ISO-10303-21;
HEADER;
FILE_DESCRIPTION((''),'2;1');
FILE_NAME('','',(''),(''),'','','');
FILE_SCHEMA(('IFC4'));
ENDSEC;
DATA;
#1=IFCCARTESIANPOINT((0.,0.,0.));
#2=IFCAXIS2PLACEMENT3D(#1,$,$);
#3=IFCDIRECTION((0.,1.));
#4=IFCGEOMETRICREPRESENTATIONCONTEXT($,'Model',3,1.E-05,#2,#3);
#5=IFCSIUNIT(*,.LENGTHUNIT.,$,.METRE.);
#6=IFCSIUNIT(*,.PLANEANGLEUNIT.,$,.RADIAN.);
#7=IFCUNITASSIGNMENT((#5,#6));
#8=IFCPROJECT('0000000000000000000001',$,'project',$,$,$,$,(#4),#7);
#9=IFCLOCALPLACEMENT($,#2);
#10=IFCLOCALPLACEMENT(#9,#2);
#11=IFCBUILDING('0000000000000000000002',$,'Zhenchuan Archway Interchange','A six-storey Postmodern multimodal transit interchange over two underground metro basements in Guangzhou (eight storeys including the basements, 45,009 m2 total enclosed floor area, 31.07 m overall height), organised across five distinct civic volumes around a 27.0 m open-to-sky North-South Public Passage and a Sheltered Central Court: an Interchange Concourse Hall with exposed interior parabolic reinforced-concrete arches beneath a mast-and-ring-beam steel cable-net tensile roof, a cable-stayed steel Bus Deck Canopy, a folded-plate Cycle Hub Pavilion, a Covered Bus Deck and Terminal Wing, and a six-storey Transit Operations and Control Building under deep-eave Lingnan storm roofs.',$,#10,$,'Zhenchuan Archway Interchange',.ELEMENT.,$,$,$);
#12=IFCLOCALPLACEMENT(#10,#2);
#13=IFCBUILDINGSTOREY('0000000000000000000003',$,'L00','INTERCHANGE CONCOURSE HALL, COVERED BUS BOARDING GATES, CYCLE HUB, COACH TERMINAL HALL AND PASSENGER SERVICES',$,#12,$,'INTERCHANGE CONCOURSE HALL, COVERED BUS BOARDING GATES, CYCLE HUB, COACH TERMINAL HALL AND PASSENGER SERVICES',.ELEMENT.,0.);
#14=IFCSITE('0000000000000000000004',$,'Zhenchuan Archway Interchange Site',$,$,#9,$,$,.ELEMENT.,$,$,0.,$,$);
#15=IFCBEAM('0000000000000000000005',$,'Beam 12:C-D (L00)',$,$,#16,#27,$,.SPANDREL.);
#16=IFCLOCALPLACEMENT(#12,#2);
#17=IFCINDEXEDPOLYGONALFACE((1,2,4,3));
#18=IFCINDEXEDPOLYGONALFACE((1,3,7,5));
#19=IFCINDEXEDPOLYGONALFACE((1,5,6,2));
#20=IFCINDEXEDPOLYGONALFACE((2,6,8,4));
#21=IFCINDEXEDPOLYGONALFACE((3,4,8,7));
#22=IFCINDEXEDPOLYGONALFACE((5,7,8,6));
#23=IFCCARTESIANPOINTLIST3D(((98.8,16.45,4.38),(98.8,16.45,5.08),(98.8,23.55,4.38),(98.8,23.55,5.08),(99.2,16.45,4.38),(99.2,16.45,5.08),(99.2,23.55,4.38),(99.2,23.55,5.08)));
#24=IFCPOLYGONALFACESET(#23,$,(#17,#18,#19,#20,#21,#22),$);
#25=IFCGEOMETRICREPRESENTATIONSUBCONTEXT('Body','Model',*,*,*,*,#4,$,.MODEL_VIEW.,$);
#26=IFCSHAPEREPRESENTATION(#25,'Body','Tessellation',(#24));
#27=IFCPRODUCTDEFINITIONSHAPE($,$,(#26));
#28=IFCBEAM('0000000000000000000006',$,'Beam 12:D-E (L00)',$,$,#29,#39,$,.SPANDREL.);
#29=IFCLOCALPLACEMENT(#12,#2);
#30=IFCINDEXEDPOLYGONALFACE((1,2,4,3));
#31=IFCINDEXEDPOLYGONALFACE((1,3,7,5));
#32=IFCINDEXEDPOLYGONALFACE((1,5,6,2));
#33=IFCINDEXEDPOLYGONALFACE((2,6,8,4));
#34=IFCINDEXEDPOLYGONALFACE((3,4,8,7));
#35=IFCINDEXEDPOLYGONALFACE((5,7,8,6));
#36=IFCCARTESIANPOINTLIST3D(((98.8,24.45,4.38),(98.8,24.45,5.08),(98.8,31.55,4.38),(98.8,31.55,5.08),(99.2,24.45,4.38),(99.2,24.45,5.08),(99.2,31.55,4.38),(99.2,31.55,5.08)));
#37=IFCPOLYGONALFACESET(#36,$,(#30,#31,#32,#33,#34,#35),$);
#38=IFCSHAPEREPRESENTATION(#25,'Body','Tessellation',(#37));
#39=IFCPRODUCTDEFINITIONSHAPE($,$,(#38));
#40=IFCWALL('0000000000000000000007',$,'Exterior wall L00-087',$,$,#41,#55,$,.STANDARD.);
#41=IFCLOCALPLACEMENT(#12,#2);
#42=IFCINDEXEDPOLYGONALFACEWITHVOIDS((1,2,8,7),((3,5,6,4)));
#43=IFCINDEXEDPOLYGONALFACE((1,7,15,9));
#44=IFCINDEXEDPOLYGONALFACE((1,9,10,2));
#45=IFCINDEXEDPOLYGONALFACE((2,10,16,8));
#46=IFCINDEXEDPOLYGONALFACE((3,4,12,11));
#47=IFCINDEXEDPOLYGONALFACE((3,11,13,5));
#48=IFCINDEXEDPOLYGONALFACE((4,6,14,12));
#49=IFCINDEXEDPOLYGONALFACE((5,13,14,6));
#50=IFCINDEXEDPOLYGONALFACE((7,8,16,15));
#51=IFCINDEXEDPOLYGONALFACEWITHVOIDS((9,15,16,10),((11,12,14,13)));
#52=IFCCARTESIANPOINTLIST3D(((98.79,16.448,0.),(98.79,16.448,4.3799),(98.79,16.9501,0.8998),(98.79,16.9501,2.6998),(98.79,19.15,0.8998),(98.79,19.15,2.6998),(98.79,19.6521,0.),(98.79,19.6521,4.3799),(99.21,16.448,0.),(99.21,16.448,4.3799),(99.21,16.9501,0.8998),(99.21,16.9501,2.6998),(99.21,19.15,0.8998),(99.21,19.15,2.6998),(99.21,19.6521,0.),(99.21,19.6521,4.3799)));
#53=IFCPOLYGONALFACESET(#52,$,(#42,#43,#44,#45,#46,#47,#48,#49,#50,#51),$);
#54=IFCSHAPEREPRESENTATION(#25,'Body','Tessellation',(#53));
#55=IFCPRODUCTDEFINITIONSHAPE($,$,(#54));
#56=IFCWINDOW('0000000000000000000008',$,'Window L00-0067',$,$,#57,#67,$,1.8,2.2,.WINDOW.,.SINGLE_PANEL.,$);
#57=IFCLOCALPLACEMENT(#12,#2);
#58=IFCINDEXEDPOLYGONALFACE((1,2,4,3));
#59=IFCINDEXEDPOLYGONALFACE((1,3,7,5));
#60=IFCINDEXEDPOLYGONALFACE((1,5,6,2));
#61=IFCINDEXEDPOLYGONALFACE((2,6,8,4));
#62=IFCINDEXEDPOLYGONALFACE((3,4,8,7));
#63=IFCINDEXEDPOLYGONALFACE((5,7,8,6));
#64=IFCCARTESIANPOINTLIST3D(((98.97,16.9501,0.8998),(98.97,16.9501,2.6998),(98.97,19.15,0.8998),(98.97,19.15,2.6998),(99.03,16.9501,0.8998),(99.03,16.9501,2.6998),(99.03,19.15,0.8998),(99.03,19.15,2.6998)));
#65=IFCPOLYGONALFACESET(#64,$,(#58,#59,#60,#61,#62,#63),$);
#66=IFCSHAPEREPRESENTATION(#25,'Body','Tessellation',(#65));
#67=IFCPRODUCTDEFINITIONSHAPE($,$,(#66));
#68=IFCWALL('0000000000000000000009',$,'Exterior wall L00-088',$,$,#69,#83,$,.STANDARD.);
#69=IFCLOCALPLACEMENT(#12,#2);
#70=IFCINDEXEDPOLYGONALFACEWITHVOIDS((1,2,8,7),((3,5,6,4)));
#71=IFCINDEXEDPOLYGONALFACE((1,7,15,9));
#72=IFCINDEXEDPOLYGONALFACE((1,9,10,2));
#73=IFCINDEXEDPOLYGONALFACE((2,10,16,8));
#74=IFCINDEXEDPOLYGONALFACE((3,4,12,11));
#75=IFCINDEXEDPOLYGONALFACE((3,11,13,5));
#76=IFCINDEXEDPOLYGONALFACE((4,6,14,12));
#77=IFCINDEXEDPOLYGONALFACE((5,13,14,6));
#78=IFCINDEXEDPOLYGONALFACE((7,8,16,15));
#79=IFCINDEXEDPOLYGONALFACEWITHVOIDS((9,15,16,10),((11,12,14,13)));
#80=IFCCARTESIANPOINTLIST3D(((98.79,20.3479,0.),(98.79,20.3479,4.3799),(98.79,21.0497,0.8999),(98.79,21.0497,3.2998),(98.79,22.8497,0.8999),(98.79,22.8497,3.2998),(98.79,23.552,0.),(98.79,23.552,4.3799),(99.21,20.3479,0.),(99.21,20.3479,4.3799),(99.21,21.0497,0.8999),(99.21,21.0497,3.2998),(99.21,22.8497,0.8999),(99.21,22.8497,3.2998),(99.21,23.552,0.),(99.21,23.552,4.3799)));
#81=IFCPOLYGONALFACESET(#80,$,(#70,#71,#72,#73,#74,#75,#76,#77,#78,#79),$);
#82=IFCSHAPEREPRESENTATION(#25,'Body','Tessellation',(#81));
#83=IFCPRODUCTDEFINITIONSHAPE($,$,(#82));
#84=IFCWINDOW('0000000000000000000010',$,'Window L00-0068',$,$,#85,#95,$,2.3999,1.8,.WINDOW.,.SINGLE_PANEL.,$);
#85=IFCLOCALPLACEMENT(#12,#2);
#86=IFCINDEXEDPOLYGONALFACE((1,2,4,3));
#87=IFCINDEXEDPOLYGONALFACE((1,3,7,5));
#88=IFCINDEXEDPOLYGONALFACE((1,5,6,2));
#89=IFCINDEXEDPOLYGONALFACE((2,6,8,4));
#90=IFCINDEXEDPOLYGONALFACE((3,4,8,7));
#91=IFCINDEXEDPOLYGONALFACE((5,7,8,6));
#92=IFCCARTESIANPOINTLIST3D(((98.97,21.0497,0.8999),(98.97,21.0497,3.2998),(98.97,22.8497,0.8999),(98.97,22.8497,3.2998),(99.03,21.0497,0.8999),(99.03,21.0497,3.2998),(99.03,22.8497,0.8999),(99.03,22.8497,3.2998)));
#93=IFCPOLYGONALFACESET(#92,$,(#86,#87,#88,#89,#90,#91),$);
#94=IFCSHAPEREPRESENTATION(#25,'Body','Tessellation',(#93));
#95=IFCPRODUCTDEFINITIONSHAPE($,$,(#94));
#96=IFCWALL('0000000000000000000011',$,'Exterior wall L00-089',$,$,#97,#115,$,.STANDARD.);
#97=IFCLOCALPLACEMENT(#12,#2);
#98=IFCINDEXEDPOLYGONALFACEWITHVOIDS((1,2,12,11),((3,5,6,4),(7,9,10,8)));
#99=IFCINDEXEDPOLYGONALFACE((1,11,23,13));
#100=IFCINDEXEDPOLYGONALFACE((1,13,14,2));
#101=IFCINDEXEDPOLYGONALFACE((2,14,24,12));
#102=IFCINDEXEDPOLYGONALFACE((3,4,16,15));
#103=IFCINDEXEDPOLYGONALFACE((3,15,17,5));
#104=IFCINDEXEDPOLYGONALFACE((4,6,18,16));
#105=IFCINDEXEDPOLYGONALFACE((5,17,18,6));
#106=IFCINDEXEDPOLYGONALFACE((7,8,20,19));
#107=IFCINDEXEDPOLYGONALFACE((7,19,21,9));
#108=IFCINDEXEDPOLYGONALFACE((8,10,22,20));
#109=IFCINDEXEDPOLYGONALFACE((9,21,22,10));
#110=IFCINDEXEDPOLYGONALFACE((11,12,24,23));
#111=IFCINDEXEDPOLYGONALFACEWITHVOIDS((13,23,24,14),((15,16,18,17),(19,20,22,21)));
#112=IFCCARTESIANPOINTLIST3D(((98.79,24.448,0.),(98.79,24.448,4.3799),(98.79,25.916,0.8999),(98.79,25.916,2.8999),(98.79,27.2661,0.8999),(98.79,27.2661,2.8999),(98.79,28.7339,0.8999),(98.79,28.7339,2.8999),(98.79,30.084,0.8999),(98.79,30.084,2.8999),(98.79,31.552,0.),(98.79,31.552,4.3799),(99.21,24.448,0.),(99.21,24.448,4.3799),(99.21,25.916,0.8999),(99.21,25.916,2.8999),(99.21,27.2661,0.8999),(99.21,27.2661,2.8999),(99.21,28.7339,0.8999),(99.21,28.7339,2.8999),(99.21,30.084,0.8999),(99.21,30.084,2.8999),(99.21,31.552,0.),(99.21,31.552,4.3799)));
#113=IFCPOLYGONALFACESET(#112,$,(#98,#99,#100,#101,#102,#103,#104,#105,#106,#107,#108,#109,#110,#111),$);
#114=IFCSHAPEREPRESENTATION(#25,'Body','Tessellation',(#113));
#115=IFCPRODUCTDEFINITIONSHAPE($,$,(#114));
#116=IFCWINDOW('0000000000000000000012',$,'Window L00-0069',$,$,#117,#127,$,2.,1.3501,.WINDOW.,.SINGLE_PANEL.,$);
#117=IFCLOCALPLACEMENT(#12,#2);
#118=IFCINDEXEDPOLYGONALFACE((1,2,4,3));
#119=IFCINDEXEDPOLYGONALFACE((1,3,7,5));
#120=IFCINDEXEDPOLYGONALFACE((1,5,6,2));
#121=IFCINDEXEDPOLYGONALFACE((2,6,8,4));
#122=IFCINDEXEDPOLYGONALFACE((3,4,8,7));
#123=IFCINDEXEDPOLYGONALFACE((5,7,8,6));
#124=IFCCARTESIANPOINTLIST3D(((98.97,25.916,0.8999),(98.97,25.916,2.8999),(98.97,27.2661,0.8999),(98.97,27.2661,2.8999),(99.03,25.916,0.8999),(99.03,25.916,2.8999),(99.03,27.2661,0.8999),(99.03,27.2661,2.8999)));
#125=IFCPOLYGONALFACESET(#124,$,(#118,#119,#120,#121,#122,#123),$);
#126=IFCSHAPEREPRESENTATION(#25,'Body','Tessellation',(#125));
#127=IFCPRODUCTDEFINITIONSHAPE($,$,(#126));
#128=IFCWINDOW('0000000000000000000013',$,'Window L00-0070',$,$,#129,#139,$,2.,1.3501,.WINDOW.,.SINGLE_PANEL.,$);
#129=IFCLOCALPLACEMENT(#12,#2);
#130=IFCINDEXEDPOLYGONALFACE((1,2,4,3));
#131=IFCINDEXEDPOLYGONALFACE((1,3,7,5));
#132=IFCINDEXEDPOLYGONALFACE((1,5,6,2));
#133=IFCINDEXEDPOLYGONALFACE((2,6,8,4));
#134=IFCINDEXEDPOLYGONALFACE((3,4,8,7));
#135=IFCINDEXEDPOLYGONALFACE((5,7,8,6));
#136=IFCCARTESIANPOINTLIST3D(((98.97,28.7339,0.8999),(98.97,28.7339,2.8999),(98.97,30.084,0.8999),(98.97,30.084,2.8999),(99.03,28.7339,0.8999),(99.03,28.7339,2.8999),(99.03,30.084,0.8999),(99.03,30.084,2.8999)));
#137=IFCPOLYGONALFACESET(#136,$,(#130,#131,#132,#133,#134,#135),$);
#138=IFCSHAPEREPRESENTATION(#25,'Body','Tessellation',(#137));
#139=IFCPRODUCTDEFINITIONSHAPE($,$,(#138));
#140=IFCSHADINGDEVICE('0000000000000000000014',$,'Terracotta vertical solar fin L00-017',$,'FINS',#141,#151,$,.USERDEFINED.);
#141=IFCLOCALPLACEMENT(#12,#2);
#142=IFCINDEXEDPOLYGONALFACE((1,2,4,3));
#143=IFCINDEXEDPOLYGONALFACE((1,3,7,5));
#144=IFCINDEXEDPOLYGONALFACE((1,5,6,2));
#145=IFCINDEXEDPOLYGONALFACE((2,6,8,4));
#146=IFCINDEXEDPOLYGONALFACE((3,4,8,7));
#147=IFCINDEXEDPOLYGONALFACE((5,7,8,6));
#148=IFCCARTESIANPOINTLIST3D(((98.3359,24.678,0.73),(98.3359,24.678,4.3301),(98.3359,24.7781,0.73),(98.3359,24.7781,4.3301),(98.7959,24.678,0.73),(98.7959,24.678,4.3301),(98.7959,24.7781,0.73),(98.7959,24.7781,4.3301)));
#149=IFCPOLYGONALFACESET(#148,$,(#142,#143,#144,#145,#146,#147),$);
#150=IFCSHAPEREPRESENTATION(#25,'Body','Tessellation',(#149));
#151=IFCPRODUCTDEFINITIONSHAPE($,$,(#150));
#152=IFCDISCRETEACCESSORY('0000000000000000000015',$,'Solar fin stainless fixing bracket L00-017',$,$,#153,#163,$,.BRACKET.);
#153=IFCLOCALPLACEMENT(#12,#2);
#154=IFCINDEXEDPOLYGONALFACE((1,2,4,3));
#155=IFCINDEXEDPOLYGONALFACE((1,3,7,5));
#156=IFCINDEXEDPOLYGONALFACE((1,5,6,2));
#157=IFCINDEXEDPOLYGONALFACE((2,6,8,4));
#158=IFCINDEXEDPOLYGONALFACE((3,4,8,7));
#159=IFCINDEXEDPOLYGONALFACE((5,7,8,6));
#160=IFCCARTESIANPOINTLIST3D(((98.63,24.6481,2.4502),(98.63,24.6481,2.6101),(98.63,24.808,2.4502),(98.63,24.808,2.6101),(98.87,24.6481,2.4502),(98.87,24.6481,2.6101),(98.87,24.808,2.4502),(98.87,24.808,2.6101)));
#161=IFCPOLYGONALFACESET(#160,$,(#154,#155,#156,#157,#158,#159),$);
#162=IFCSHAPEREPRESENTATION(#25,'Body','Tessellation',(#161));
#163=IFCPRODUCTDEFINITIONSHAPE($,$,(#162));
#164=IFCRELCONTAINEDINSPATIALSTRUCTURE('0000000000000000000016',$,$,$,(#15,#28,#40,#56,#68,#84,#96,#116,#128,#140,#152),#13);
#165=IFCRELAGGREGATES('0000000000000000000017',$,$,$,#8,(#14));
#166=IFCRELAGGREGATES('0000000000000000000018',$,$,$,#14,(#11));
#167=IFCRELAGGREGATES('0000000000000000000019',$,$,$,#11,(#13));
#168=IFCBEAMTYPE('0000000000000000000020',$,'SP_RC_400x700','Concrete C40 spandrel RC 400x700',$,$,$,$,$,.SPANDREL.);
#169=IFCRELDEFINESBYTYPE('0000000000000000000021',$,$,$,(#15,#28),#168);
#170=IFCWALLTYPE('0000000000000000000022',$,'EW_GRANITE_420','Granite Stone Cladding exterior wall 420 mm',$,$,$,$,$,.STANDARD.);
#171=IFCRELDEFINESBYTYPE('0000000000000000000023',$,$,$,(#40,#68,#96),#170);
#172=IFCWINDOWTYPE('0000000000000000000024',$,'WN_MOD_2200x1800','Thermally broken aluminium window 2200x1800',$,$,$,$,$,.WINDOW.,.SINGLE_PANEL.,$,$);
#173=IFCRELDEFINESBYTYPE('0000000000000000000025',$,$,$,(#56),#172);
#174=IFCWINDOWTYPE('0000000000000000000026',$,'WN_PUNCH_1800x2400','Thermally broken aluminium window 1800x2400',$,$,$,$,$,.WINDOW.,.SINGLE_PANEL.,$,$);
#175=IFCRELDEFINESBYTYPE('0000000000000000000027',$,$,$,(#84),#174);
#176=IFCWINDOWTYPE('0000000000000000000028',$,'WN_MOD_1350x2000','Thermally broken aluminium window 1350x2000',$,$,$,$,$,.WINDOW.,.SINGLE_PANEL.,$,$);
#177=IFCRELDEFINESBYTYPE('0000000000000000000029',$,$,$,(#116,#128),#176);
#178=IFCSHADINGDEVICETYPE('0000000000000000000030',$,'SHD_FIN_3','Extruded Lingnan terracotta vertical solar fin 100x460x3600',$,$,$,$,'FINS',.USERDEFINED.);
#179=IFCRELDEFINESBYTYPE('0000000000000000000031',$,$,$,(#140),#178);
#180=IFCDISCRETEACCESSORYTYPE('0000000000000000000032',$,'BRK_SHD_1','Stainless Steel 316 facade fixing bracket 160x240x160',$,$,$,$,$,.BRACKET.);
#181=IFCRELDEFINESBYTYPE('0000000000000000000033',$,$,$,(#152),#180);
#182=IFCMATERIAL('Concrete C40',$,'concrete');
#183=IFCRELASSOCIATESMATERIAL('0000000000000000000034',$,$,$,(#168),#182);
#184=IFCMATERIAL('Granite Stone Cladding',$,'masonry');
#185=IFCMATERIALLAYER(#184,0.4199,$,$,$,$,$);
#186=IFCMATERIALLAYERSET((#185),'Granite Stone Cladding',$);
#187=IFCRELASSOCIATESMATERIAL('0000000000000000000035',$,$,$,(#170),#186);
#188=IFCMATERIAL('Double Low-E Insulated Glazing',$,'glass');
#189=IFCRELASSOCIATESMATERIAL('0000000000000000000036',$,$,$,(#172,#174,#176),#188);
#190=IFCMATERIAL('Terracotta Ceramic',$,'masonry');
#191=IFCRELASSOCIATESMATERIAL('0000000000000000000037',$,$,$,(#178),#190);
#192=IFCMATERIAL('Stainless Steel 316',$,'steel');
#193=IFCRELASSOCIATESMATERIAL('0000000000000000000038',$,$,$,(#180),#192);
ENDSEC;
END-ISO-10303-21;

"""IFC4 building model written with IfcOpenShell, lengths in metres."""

from ifc_helpers import new_model, si_unit, direction, frame, frame_2d, origin, origin_2d, place, context, subcontext, project, spatial, rectangle, extrude, material, layer, layer_set, material_profile, profile_set, type_object, element, fill, save


model = new_model("IFC4")

# Units and contexts
model_context = context("Model", 3, precision=1e-05, world=origin(), true_north=direction((0.0, 1.0)))
body_context = subcontext(model_context, "Body", "Model", "MODEL_VIEW")
ifc_project = project(units=[si_unit("LENGTHUNIT", "METRE"), si_unit("PLANEANGLEUNIT", "RADIAN")], contexts=[model_context])

# Site, building, storey
site_placement = place(None, origin())
site = spatial("IfcSite", under=ifc_project, at=site_placement, Name="Zhenchuan Archway Interchange Site", CompositionType="ELEMENT", RefElevation=0.0)
building_placement = place(site_placement, origin())
building = spatial("IfcBuilding", under=site, at=building_placement, Name="Zhenchuan Archway Interchange", Description="A six-storey Postmodern multimodal transit interchange over two underground metro basements in Guangzhou (eight storeys including the basements, 45,009 m2 total enclosed floor area, 31.07 m overall height), organised across five distinct civic volumes around a 27.0 m open-to-sky North-South Public Passage and a Sheltered Central Court: an Interchange Concourse Hall with exposed interior parabolic reinforced-concrete arches beneath a mast-and-ring-beam steel cable-net tensile roof, a cable-stayed steel Bus Deck Canopy, a folded-plate Cycle Hub Pavilion, a Covered Bus Deck and Terminal Wing, and a six-storey Transit Operations and Control Building under deep-eave Lingnan storm roofs.", LongName="Zhenchuan Archway Interchange", CompositionType="ELEMENT")
storey_placement = place(building_placement, origin())
storey = spatial("IfcBuildingStorey", under=building, at=storey_placement, Name="L00", Description="INTERCHANGE CONCOURSE HALL, COVERED BUS BOARDING GATES, CYCLE HUB, COACH TERMINAL HALL AND PASSENGER SERVICES", LongName="INTERCHANGE CONCOURSE HALL, COVERED BUS BOARDING GATES, CYCLE HUB, COACH TERMINAL HALL AND PASSENGER SERVICES", CompositionType="ELEMENT", Elevation=0.0)

# Shared definitions
ifc_material_1 = material(Name="Concrete C40", Category="concrete")

# Beams
ifc_material_profile_1 = material_profile(ifc_material_1, rectangle(XDim=0.3999, YDim=0.7, at=origin_2d()), Name="RC 400x700")
ifc_profile_set_1 = profile_set([ifc_material_profile_1], Name="Concrete C40")
beam_type_1 = type_object("IfcBeamType", Name="SP_RC_400x700", Description="Concrete C40 spandrel RC 400x700", PredefinedType="SPANDREL", material=ifc_profile_set_1)
for number, where, z_axis, x_axis, name in (
    (1, (99.0, 16.45, 4.73), (0.0, 1.0, 0.0), (-1.0, 0.0, 0.0), "Beam 12:C-D (L00)"),
    (2, (99.0, 24.45, 4.73), (0.0, 1.0, 0.0), (-1.0, 0.0, 0.0), "Beam 12:D-E (L00)"),
):
    element("IfcBeam", number, at=place(storey_placement, frame(where, z_axis=z_axis, x_axis=x_axis)), inside=storey, type_object=beam_type_1, Name=name, PredefinedType="SPANDREL", context=body_context, shape_type="SweptSolid", body=[
        extrude(rectangle(XDim=0.3999, YDim=0.7, at=origin_2d()), origin(), (0.0, 0.0, 1.0), 7.1001),
    ])

# Walls, openings, windows
ifc_material_2 = material(Name="Granite Stone Cladding", Category="masonry")
ifc_layer = layer(ifc_material_2, 0.4199)
ifc_layer_set = layer_set([ifc_layer], Name="Granite Stone Cladding")
wall_type = type_object("IfcWallType", Name="EW_GRANITE_420", Description="Granite Stone Cladding exterior wall 420 mm", PredefinedType="STANDARD", material=ifc_layer_set)
wall_1_placement = place(storey_placement, frame((99.0, 16.448, 0.0), z_axis=(0.0, 0.0, 1.0), x_axis=(0.0, 1.0, 0.0)))
wall_1 = element("IfcWall", 3, at=wall_1_placement, inside=storey, type_object=wall_type, Name="Exterior wall L00-087", PredefinedType="STANDARD", context=body_context, shape_type="SweptSolid", body=[
    extrude(rectangle(XDim=3.2041, YDim=0.4199, at=frame_2d((1.6021, 0.0))), origin(), (0.0, 0.0, 1.0), 4.3799),
])
opening_1_placement = place(wall_1_placement, frame((0.502, 0.0, 0.8999)))
opening_1 = element("IfcOpeningElement", 4, at=opening_1_placement, cuts=wall_1, PredefinedType="OPENING", context=body_context, shape_type="SweptSolid", body=[
    extrude(rectangle(XDim=2.2, YDim=1.8, at=frame_2d((1.1001, 0.8999))), frame((0.0, 0.2219, 0.0), z_axis=(0.0, -1.0, 0.0), x_axis=(1.0, 0.0, 0.0)), (0.0, 0.0, 1.0), 0.4438),
])
ifc_material_3 = material(Name="Double Low-E Insulated Glazing", Category="glass")
window_type_1 = type_object("IfcWindowType", Name="WN_MOD_2200x1800", Description="Thermally broken aluminium window 2200x1800", PartitioningType="SINGLE_PANEL", PredefinedType="WINDOW", material=ifc_material_3)
window_1_placement = place(opening_1_placement, origin())
window_1 = element("IfcWindow", 5, at=window_1_placement, inside=storey, type_object=window_type_1, Name="Window L00-0067", OverallHeight=1.8, OverallWidth=2.2, PartitioningType="SINGLE_PANEL", PredefinedType="WINDOW", context=body_context, shape_type="SweptSolid", body=[
    extrude(rectangle(XDim=2.2, YDim=1.8, at=frame_2d((1.1001, 0.8999))), frame((0.0, 0.03, 0.0), z_axis=(0.0, -1.0, 0.0), x_axis=(1.0, 0.0, 0.0)), (0.0, 0.0, 1.0), 0.0601),
])
fill(opening_1, window_1)
wall_2_placement = place(storey_placement, frame((99.0, 20.3479, 0.0), z_axis=(0.0, 0.0, 1.0), x_axis=(0.0, 1.0, 0.0)))
wall_2 = element("IfcWall", 6, at=wall_2_placement, inside=storey, type_object=wall_type, Name="Exterior wall L00-088", PredefinedType="STANDARD", context=body_context, shape_type="SweptSolid", body=[
    extrude(rectangle(XDim=3.2041, YDim=0.4199, at=frame_2d((1.6021, 0.0))), origin(), (0.0, 0.0, 1.0), 4.3799),
])
opening_2_placement = place(wall_2_placement, frame((0.7019, 0.0, 0.8999)))
opening_2 = element("IfcOpeningElement", 7, at=opening_2_placement, cuts=wall_2, PredefinedType="OPENING", context=body_context, shape_type="SweptSolid", body=[
    extrude(rectangle(XDim=1.8, YDim=2.3999, at=frame_2d((0.8999, 1.2))), frame((0.0, 0.2219, 0.0), z_axis=(0.0, -1.0, 0.0), x_axis=(1.0, 0.0, 0.0)), (0.0, 0.0, 1.0), 0.4438),
])
window_type_2 = type_object("IfcWindowType", Name="WN_PUNCH_1800x2400", Description="Thermally broken aluminium window 1800x2400", PartitioningType="SINGLE_PANEL", PredefinedType="WINDOW", material=ifc_material_3)
window_2_placement = place(opening_2_placement, origin())
window_2 = element("IfcWindow", 8, at=window_2_placement, inside=storey, type_object=window_type_2, Name="Window L00-0068", OverallHeight=2.3999, OverallWidth=1.8, PartitioningType="SINGLE_PANEL", PredefinedType="WINDOW", context=body_context, shape_type="SweptSolid", body=[
    extrude(rectangle(XDim=1.8, YDim=2.3999, at=frame_2d((0.8999, 1.2))), frame((0.0, 0.03, 0.0), z_axis=(0.0, -1.0, 0.0), x_axis=(1.0, 0.0, 0.0)), (0.0, 0.0, 1.0), 0.0601),
])
fill(opening_2, window_2)

# Wall, openings, windows
wall_3_placement = place(storey_placement, frame((99.0, 24.448, 0.0), z_axis=(0.0, 0.0, 1.0), x_axis=(0.0, 1.0, 0.0)))
wall_3 = element("IfcWall", 9, at=wall_3_placement, inside=storey, type_object=wall_type, Name="Exterior wall L00-089", PredefinedType="STANDARD", context=body_context, shape_type="SweptSolid", body=[
    extrude(rectangle(XDim=7.104, YDim=0.4199, at=frame_2d((3.552, 0.0))), origin(), (0.0, 0.0, 1.0), 4.3799),
])
opening_3_placement = place(wall_3_placement, frame((1.468, 0.0, 0.8999)))
opening_3 = element("IfcOpeningElement", 10, at=opening_3_placement, cuts=wall_3, PredefinedType="OPENING", context=body_context, shape_type="SweptSolid", body=[
    extrude(rectangle(XDim=1.3501, YDim=2.0, at=frame_2d((0.675, 1.0))), frame((0.0, 0.2219, 0.0), z_axis=(0.0, -1.0, 0.0), x_axis=(1.0, 0.0, 0.0)), (0.0, 0.0, 1.0), 0.4438),
])
opening_4_placement = place(wall_3_placement, frame((4.2859, 0.0, 0.8999)))
opening_4 = element("IfcOpeningElement", 11, at=opening_4_placement, cuts=wall_3, PredefinedType="OPENING", context=body_context, shape_type="SweptSolid", body=[
    extrude(rectangle(XDim=1.3501, YDim=2.0, at=frame_2d((0.675, 1.0))), frame((0.0, 0.2219, 0.0), z_axis=(0.0, -1.0, 0.0), x_axis=(1.0, 0.0, 0.0)), (0.0, 0.0, 1.0), 0.4438),
])
window_type_3 = type_object("IfcWindowType", Name="WN_MOD_1350x2000", Description="Thermally broken aluminium window 1350x2000", PartitioningType="SINGLE_PANEL", PredefinedType="WINDOW", material=ifc_material_3)
window_3_placement = place(opening_3_placement, origin())
window_3 = element("IfcWindow", 12, at=window_3_placement, inside=storey, type_object=window_type_3, Name="Window L00-0069", OverallHeight=2.0, OverallWidth=1.3501, PartitioningType="SINGLE_PANEL", PredefinedType="WINDOW", context=body_context, shape_type="SweptSolid", body=[
    extrude(rectangle(XDim=1.3501, YDim=2.0, at=frame_2d((0.675, 1.0))), frame((0.0, 0.03, 0.0), z_axis=(0.0, -1.0, 0.0), x_axis=(1.0, 0.0, 0.0)), (0.0, 0.0, 1.0), 0.0601),
])
fill(opening_3, window_3)
window_4_placement = place(opening_4_placement, origin())
window_4 = element("IfcWindow", 13, at=window_4_placement, inside=storey, type_object=window_type_3, Name="Window L00-0070", OverallHeight=2.0, OverallWidth=1.3501, PartitioningType="SINGLE_PANEL", PredefinedType="WINDOW", context=body_context, shape_type="SweptSolid", body=[
    extrude(rectangle(XDim=1.3501, YDim=2.0, at=frame_2d((0.675, 1.0))), frame((0.0, 0.03, 0.0), z_axis=(0.0, -1.0, 0.0), x_axis=(1.0, 0.0, 0.0)), (0.0, 0.0, 1.0), 0.0601),
])
fill(opening_4, window_4)

# Shading device
ifc_material_4 = material(Name="Terracotta Ceramic", Category="masonry")
shading_device_type = type_object("IfcShadingDeviceType", Name="SHD_FIN_3", Description="Extruded Lingnan terracotta vertical solar fin 100x460x3600", ElementType="FINS", PredefinedType="USERDEFINED", material=ifc_material_4)
shading_device_placement = place(storey_placement, frame((98.5659, 24.728, 0.73), z_axis=(0.0, 0.0, 1.0), x_axis=(0.0, 1.0, 0.0)))
element("IfcShadingDevice", 14, at=shading_device_placement, inside=storey, type_object=shading_device_type, Name="Terracotta vertical solar fin L00-017", ObjectType="FINS", PredefinedType="USERDEFINED", context=body_context, shape_type="SweptSolid", body=[
    extrude(rectangle(XDim=0.1001, YDim=0.46, at=origin_2d()), origin(), (0.0, 0.0, 1.0), 3.6001),
])

# Discrete accessory
ifc_material_5 = material(Name="Stainless Steel 316", Category="steel")
discrete_accessory_type = type_object("IfcDiscreteAccessoryType", Name="BRK_SHD_1", Description="Stainless Steel 316 facade fixing bracket 160x240x160", PredefinedType="BRACKET", material=ifc_material_5)
discrete_accessory_placement = place(storey_placement, frame((98.75, 24.728, 2.4502), z_axis=(0.0, 0.0, 1.0), x_axis=(0.0, 1.0, 0.0)))
element("IfcDiscreteAccessory", 15, at=discrete_accessory_placement, inside=storey, type_object=discrete_accessory_type, Name="Solar fin stainless fixing bracket L00-017", PredefinedType="BRACKET", context=body_context, shape_type="SweptSolid", body=[
    extrude(rectangle(XDim=0.1599, YDim=0.24, at=origin_2d()), origin(), (0.0, 0.0, 1.0), 0.1599),
])

save(model, "model.ifc")
